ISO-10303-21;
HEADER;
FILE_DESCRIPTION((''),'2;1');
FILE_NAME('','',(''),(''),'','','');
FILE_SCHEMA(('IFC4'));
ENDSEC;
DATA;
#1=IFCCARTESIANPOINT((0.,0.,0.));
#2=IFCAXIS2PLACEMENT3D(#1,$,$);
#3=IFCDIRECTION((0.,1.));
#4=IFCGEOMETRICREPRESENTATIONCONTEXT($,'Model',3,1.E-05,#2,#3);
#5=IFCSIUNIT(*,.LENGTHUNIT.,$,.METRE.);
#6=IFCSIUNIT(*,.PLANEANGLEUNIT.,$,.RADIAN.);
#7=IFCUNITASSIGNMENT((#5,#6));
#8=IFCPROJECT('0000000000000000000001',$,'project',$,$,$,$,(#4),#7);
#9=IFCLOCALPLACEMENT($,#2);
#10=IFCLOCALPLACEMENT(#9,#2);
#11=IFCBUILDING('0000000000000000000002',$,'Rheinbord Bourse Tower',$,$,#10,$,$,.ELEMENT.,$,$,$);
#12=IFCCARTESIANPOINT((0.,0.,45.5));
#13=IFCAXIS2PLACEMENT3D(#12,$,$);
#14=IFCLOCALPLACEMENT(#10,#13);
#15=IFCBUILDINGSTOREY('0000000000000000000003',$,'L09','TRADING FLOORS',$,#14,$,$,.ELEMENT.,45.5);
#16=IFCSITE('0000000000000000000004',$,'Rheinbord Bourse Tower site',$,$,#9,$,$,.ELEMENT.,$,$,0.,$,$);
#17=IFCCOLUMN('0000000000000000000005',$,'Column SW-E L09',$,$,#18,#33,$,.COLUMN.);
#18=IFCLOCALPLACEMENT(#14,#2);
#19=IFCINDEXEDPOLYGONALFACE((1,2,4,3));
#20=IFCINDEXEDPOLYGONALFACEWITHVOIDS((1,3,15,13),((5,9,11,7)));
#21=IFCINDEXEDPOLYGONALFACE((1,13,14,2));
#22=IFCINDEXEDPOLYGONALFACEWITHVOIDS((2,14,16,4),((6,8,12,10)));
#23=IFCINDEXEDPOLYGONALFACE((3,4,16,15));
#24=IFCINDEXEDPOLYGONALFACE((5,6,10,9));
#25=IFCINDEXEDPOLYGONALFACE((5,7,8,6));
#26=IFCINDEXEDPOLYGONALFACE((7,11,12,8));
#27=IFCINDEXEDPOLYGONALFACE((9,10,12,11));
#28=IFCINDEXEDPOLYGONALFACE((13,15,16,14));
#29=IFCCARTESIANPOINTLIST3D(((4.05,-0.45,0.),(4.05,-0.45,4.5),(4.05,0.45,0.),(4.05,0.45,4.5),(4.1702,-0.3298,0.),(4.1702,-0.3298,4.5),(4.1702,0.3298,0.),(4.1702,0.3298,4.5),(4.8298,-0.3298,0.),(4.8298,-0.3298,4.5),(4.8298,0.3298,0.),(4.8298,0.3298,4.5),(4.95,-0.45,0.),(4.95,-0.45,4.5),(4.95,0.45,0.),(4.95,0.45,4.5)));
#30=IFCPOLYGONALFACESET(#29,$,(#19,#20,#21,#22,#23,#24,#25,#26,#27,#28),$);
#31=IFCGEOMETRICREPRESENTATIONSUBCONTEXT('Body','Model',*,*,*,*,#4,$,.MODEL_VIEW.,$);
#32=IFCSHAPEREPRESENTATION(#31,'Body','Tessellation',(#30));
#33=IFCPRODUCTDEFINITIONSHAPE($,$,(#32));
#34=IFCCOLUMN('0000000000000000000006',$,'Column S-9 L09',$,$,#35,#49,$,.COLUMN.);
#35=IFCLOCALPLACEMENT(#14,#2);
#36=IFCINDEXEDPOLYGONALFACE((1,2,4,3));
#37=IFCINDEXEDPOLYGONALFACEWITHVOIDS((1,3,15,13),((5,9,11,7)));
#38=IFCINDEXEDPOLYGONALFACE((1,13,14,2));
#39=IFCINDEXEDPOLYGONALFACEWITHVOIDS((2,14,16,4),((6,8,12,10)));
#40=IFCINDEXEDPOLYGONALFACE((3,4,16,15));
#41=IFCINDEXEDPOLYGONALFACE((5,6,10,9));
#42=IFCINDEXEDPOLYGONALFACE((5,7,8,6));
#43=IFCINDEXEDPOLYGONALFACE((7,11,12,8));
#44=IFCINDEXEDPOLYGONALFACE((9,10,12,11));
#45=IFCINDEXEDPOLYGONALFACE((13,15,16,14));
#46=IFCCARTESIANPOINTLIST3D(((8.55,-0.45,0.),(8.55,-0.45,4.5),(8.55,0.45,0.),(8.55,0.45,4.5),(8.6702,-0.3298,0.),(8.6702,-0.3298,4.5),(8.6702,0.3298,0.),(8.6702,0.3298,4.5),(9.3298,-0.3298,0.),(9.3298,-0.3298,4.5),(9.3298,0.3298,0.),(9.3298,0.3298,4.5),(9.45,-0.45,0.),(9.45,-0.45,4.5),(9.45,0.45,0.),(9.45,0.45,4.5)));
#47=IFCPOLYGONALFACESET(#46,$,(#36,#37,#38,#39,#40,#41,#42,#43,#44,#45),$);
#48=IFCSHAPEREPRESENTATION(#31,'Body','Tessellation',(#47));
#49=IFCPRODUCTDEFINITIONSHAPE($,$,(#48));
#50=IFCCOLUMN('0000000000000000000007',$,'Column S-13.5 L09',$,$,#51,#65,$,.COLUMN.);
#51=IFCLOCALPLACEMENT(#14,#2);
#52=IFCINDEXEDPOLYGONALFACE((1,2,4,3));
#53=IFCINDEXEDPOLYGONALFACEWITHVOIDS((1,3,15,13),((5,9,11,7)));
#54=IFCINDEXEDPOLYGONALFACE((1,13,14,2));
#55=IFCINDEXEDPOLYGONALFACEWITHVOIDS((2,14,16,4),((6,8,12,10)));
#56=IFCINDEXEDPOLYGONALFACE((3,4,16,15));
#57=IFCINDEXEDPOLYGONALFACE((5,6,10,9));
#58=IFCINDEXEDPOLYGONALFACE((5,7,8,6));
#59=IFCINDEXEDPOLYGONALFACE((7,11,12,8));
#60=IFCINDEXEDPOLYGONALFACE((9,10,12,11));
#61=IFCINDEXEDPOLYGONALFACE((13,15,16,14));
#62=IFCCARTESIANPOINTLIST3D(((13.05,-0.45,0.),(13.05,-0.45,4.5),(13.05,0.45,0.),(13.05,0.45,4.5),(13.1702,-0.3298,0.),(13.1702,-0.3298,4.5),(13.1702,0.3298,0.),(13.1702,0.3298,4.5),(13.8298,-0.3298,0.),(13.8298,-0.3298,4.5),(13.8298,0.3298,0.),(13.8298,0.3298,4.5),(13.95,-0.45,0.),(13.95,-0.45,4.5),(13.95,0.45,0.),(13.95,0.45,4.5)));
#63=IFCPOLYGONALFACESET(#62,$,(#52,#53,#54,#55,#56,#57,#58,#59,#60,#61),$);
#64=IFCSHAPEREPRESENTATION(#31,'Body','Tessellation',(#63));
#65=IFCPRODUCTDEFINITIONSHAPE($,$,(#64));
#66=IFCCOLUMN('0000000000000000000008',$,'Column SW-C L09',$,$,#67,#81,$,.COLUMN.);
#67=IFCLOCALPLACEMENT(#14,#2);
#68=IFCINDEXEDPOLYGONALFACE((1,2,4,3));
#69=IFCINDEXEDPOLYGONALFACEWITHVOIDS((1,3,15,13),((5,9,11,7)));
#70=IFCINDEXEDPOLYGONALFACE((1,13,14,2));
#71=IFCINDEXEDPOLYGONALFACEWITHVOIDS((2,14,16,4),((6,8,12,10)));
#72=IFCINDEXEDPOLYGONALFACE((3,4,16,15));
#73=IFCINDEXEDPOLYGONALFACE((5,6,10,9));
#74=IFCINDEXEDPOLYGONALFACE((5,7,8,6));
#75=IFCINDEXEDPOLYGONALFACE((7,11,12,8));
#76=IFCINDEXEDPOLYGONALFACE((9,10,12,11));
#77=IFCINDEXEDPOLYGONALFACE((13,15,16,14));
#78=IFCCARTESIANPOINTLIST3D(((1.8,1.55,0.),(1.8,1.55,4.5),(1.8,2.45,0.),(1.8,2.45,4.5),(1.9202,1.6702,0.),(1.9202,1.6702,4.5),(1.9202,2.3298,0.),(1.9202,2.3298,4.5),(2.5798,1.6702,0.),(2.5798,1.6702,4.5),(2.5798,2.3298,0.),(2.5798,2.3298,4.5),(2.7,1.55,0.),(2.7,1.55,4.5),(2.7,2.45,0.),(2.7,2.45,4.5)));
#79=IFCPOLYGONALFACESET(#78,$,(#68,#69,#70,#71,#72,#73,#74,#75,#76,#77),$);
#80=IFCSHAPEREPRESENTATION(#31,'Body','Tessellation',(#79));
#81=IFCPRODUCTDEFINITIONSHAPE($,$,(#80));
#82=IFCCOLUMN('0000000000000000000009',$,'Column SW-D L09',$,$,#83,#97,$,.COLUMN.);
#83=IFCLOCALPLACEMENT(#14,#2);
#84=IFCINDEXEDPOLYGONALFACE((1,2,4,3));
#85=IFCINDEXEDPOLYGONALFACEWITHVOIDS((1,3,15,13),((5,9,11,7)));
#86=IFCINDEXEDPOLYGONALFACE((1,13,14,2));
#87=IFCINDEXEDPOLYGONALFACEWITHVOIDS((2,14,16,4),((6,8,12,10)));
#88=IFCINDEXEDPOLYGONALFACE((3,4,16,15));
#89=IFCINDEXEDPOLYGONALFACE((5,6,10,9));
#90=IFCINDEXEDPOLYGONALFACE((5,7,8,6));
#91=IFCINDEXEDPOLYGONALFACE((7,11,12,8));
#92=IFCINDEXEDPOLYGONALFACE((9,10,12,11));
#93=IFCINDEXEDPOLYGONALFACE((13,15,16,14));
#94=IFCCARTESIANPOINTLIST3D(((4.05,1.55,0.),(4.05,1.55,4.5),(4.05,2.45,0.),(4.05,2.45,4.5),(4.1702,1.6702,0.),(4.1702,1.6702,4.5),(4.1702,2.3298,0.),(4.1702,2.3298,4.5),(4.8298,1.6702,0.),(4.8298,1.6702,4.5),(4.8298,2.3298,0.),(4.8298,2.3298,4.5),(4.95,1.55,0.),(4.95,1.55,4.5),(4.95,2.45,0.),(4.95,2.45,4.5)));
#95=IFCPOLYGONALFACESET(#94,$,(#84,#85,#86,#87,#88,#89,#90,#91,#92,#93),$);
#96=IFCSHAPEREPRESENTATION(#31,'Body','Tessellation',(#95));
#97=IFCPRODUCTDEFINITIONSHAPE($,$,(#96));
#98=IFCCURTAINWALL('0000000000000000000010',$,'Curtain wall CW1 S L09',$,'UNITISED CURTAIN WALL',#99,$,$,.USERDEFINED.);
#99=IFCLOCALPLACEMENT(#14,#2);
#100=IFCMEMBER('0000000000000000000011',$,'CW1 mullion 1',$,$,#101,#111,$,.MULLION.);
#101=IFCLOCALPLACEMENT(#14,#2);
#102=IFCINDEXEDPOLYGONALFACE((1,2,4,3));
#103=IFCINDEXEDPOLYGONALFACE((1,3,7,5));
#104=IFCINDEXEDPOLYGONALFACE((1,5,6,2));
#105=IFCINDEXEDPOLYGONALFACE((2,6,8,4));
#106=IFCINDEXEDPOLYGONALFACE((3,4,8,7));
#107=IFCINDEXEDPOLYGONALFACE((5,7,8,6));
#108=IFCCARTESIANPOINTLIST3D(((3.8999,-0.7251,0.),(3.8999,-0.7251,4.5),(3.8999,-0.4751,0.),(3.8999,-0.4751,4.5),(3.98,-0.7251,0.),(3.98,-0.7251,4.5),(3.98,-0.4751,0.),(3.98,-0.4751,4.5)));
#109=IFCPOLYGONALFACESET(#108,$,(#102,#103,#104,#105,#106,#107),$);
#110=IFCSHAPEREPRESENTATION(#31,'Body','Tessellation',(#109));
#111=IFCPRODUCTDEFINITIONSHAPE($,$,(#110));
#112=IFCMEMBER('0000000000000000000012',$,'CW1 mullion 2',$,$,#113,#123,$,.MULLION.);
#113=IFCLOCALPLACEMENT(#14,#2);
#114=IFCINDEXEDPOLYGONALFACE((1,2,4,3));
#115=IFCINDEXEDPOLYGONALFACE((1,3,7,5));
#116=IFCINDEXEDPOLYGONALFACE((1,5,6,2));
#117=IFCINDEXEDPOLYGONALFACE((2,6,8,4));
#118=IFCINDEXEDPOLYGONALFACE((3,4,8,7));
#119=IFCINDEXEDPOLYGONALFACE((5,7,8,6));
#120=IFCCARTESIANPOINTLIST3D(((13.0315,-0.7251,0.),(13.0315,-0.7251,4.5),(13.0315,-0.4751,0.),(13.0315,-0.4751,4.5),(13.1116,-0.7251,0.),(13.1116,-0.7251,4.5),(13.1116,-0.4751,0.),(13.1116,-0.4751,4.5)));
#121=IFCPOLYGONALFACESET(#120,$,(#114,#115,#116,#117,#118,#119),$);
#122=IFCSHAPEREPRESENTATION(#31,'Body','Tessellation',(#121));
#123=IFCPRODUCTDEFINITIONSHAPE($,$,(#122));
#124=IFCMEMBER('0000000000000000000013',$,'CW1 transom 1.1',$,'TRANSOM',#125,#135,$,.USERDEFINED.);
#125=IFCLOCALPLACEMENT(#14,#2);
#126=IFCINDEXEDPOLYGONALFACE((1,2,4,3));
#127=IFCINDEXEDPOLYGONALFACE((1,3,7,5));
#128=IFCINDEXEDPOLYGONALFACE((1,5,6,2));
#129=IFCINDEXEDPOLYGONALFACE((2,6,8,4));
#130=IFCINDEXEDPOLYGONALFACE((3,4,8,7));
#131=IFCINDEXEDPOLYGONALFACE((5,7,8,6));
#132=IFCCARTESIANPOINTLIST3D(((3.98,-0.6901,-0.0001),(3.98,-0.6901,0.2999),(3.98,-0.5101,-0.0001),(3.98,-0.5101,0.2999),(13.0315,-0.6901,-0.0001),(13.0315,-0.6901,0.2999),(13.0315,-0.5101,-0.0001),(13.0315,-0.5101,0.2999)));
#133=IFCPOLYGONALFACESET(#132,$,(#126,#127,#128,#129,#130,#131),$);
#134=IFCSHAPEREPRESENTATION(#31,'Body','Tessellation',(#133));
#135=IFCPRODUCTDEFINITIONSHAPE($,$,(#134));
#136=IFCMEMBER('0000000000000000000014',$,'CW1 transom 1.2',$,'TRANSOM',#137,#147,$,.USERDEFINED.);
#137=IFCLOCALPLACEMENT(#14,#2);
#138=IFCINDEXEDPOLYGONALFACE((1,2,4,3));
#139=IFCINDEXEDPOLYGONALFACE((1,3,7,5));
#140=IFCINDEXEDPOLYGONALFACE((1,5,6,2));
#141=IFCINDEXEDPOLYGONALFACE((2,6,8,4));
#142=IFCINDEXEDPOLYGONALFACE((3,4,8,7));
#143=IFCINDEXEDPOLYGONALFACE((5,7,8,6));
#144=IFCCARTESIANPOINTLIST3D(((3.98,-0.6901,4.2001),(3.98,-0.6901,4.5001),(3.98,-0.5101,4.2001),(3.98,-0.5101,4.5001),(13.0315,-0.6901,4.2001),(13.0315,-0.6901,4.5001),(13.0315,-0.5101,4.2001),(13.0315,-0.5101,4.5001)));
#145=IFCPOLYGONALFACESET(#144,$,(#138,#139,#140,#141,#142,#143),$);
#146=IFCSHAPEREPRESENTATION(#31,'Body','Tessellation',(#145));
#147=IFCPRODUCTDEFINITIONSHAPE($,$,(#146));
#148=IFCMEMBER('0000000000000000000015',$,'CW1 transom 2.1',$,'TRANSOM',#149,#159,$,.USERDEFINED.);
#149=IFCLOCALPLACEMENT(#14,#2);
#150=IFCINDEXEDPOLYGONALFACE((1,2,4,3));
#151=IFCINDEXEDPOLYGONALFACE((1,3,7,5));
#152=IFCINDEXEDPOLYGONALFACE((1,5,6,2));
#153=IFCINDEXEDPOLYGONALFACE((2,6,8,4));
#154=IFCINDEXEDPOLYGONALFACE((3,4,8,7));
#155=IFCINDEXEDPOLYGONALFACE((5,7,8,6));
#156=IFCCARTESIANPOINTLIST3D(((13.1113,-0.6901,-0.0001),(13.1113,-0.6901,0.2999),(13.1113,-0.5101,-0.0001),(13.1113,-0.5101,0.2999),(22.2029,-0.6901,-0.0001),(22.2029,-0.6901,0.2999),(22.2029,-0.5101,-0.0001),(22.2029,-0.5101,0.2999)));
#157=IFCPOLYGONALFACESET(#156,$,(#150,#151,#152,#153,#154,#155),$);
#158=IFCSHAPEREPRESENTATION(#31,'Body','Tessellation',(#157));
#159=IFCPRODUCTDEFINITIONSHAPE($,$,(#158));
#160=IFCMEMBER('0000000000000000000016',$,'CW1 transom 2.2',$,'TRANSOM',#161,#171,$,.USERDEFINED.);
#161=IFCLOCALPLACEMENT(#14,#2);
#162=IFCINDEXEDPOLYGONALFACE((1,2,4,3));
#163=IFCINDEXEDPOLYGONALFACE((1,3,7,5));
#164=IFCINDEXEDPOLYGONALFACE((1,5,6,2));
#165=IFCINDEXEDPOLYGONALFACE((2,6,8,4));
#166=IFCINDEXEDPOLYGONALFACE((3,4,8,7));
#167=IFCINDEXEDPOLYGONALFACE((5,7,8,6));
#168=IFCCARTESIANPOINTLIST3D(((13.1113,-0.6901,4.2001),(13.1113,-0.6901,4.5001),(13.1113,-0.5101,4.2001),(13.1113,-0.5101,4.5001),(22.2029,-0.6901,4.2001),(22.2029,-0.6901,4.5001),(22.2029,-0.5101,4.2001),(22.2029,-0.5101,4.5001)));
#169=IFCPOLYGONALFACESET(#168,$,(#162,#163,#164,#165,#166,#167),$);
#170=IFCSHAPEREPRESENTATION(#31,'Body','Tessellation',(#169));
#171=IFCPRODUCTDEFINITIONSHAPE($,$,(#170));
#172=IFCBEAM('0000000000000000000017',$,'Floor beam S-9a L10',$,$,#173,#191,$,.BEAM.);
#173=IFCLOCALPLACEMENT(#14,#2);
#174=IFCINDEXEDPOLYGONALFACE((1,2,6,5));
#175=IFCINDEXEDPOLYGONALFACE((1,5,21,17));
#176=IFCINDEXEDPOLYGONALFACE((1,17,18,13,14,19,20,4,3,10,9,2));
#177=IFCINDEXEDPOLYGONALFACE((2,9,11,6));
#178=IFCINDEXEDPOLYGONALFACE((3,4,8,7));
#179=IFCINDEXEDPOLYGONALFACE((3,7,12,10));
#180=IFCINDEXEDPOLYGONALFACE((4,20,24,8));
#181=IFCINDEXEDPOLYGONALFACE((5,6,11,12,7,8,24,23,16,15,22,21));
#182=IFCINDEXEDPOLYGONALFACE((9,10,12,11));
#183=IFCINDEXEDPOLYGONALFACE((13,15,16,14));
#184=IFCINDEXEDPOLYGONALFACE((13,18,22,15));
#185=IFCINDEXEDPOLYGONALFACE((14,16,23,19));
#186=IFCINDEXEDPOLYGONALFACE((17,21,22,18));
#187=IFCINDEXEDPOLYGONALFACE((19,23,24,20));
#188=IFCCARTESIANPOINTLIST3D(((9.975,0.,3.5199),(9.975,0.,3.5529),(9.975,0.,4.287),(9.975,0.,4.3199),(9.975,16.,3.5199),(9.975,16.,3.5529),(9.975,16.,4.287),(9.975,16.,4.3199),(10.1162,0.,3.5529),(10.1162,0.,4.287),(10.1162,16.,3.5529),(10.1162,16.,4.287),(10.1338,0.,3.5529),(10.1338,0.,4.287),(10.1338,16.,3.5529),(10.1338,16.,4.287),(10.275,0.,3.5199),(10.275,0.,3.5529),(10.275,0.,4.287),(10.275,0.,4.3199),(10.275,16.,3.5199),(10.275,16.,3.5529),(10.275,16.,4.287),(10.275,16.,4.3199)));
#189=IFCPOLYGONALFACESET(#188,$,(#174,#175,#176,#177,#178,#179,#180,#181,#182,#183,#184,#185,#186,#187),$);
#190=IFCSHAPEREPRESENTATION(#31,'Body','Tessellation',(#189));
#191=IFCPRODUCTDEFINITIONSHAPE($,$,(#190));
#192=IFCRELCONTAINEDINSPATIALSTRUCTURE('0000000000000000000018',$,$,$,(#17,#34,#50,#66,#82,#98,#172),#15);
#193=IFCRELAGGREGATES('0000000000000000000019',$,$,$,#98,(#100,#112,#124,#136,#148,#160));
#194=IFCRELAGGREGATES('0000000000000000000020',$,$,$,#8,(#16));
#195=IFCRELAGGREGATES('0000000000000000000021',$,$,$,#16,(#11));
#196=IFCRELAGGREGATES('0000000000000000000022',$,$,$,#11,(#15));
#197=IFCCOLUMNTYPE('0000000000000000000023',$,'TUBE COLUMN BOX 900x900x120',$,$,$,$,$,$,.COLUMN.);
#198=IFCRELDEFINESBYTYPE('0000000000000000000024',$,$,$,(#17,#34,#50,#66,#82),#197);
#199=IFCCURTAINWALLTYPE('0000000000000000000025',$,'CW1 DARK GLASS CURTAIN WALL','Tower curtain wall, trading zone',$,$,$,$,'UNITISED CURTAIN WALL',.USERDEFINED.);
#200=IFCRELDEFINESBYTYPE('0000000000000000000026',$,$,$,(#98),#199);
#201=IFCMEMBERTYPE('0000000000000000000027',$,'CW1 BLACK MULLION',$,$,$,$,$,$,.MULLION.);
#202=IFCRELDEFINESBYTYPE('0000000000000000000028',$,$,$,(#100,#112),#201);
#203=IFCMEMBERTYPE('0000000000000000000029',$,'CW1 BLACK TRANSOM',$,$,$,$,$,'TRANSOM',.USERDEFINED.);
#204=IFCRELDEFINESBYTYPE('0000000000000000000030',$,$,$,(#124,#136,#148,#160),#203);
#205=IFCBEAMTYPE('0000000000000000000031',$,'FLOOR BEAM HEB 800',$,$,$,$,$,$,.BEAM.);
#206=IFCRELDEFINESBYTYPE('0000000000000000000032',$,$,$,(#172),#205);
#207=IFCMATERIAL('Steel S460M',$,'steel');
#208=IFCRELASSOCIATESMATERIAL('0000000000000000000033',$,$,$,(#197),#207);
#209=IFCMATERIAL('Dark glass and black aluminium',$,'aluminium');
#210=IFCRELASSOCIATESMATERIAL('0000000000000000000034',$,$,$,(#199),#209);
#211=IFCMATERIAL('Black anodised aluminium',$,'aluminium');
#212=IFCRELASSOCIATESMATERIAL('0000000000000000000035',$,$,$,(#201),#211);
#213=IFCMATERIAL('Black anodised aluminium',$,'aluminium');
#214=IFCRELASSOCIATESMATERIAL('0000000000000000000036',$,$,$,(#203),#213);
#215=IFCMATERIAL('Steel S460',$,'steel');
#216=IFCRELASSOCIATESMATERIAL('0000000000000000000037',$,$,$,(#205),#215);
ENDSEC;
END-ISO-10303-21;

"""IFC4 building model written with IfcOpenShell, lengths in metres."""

from ifc_helpers import new_model, si_unit, direction, frame, origin, origin_2d, place, context, subcontext, project, spatial, rectangle, hollow_rectangle, i_section, extrude, material, material_profile, profile_set, type_object, element, aggregate, save


model = new_model("IFC4")

# Units and contexts
model_context = context("Model", 3, precision=1e-05, world=origin(), true_north=direction((0.0, 1.0)))
body_context = subcontext(model_context, "Body", "Model", "MODEL_VIEW")
ifc_project = project(units=[si_unit("LENGTHUNIT", "METRE"), si_unit("PLANEANGLEUNIT", "RADIAN")], contexts=[model_context])

# Site, building, storey
site_placement = place(None, origin())
site = spatial("IfcSite", under=ifc_project, at=site_placement, Name="Rheinbord Bourse Tower site", CompositionType="ELEMENT", RefElevation=0.0)
building_placement = place(site_placement, origin())
building = spatial("IfcBuilding", under=site, at=building_placement, Name="Rheinbord Bourse Tower", CompositionType="ELEMENT")
storey_placement = place(building_placement, frame((0.0, 0.0, 45.5)))
storey = spatial("IfcBuildingStorey", under=building, at=storey_placement, Name="L09", Description="TRADING FLOORS", CompositionType="ELEMENT", Elevation=45.5)

# Columns
ifc_material_1 = material(Name="Steel S460M", Category="steel")
ifc_material_profile_1 = material_profile(ifc_material_1, hollow_rectangle(XDim=0.8999, YDim=0.8999, WallThickness=0.1201, at=origin_2d()), Name="BOX 900x900x120")
ifc_profile_set_1 = profile_set([ifc_material_profile_1], Name="Steel S460M")
column_type = type_object("IfcColumnType", Name="TUBE COLUMN BOX 900x900x120", PredefinedType="COLUMN", material=ifc_profile_set_1)
for number, where, z_axis, x_axis, name in (
    (1, (4.5, 0.0, 0.0), (0.0, 0.0, 1.0), (0.0, 1.0, 0.0), "Column SW-E L09"),
    (2, (9.0, 0.0, 0.0), (0.0, 0.0, 1.0), (0.0, 1.0, 0.0), "Column S-9 L09"),
    (3, (13.5, 0.0, 0.0), (0.0, 0.0, 1.0), (0.0, 1.0, 0.0), "Column S-13.5 L09"),
    (4, (2.25, 2.0, 0.0), (0.0, 0.0, 1.0), (1.0, 0.0, 0.0), "Column SW-C L09"),
    (5, (4.5, 2.0, 0.0), (0.0, 0.0, 1.0), (0.0, 1.0, 0.0), "Column SW-D L09"),
):
    element("IfcColumn", number, at=place(storey_placement, frame(where, z_axis=z_axis, x_axis=x_axis)), inside=storey, type_object=column_type, Name=name, PredefinedType="COLUMN", context=body_context, shape_type="SweptSolid", body=[
        extrude(hollow_rectangle(XDim=0.8999, YDim=0.8999, WallThickness=0.1201, at=origin_2d()), origin(), (0.0, 0.0, 1.0), 4.5),
    ])

# Curtain wall, members
ifc_material_2 = material(Name="Dark glass and black aluminium", Category="aluminium")
curtain_wall_type = type_object("IfcCurtainWallType", Name="CW1 DARK GLASS CURTAIN WALL", Description="Tower curtain wall, trading zone", ElementType="UNITISED CURTAIN WALL", PredefinedType="USERDEFINED", material=ifc_material_2)
curtain_wall_placement = place(storey_placement, origin())
curtain_wall = element("IfcCurtainWall", 6, at=curtain_wall_placement, inside=storey, type_object=curtain_wall_type, Name="Curtain wall CW1 S L09", ObjectType="UNITISED CURTAIN WALL", PredefinedType="USERDEFINED")
ifc_material_3 = material(Name="Black anodised aluminium", Category="aluminium")
ifc_material_profile_2 = material_profile(ifc_material_3, rectangle(XDim=0.25, YDim=0.0801, at=origin_2d()), Name="CW1 MULLION 80x250")
ifc_profile_set_2 = profile_set([ifc_material_profile_2], Name="Black anodised aluminium")
member_type_1 = type_object("IfcMemberType", Name="CW1 BLACK MULLION", PredefinedType="MULLION", material=ifc_profile_set_2)
member_1_placement = place(storey_placement, frame((3.9399, -0.6001, 0.0), z_axis=(0.0, 0.0, 1.0), x_axis=(0.0, 1.0, 0.0)))
member_1 = element("IfcMember", 7, at=member_1_placement, type_object=member_type_1, Name="CW1 mullion 1", PredefinedType="MULLION", context=body_context, shape_type="SweptSolid", body=[
    extrude(rectangle(XDim=0.25, YDim=0.0801, at=origin_2d()), origin(), (0.0, 0.0, 1.0), 4.5),
])
member_2_placement = place(storey_placement, frame((13.0715, -0.6001, 0.0), z_axis=(0.0, 0.0, 1.0), x_axis=(0.0, 1.0, 0.0)))
member_2 = element("IfcMember", 8, at=member_2_placement, type_object=member_type_1, Name="CW1 mullion 2", PredefinedType="MULLION", context=body_context, shape_type="SweptSolid", body=[
    extrude(rectangle(XDim=0.25, YDim=0.0801, at=origin_2d()), origin(), (0.0, 0.0, 1.0), 4.5),
])
ifc_material_4 = material(Name="Black anodised aluminium", Category="aluminium")
ifc_material_profile_3 = material_profile(ifc_material_4, rectangle(XDim=0.1799, YDim=0.3, at=origin_2d()), Name="CW1 TRANSOM 300x180")
ifc_profile_set_3 = profile_set([ifc_material_profile_3], Name="Black anodised aluminium")
member_type_2 = type_object("IfcMemberType", Name="CW1 BLACK TRANSOM", ElementType="TRANSOM", PredefinedType="USERDEFINED", material=ifc_profile_set_3)
member_3_placement = place(storey_placement, frame((3.98, -0.6001, 0.1499), z_axis=(1.0, 0.0, 0.0), x_axis=(0.0, 1.0, 0.0)))
member_3 = element("IfcMember", 9, at=member_3_placement, type_object=member_type_2, Name="CW1 transom 1.1", ObjectType="TRANSOM", PredefinedType="USERDEFINED", context=body_context, shape_type="SweptSolid", body=[
    extrude(rectangle(XDim=0.1799, YDim=0.3, at=origin_2d()), origin(), (0.0, 0.0, 1.0), 9.0515),
])
member_4_placement = place(storey_placement, frame((3.98, -0.6001, 4.3501), z_axis=(1.0, 0.0, 0.0), x_axis=(0.0, 1.0, 0.0)))
member_4 = element("IfcMember", 10, at=member_4_placement, type_object=member_type_2, Name="CW1 transom 1.2", ObjectType="TRANSOM", PredefinedType="USERDEFINED", context=body_context, shape_type="SweptSolid", body=[
    extrude(rectangle(XDim=0.1799, YDim=0.3, at=origin_2d()), origin(), (0.0, 0.0, 1.0), 9.0515),
])
member_5_placement = place(storey_placement, frame((13.1113, -0.6001, 0.1499), z_axis=(1.0, 0.0, 0.0), x_axis=(0.0, 1.0, 0.0)))
member_5 = element("IfcMember", 11, at=member_5_placement, type_object=member_type_2, Name="CW1 transom 2.1", ObjectType="TRANSOM", PredefinedType="USERDEFINED", context=body_context, shape_type="SweptSolid", body=[
    extrude(rectangle(XDim=0.1799, YDim=0.3, at=origin_2d()), origin(), (0.0, 0.0, 1.0), 9.0916),
])
member_6_placement = place(storey_placement, frame((13.1113, -0.6001, 4.3501), z_axis=(1.0, 0.0, 0.0), x_axis=(0.0, 1.0, 0.0)))
member_6 = element("IfcMember", 12, at=member_6_placement, type_object=member_type_2, Name="CW1 transom 2.2", ObjectType="TRANSOM", PredefinedType="USERDEFINED", context=body_context, shape_type="SweptSolid", body=[
    extrude(rectangle(XDim=0.1799, YDim=0.3, at=origin_2d()), origin(), (0.0, 0.0, 1.0), 9.0916),
])

# Beam
ifc_material_5 = material(Name="Steel S460", Category="steel")
ifc_material_profile_4 = material_profile(ifc_material_5, i_section(OverallWidth=0.3, OverallDepth=0.8, WebThickness=0.0176, FlangeThickness=0.033, at=origin_2d()), Name="HEB 800")
ifc_profile_set_4 = profile_set([ifc_material_profile_4], Name="Steel S460")
beam_type_1 = type_object("IfcBeamType", Name="FLOOR BEAM HEB 800", PredefinedType="BEAM", material=ifc_profile_set_4)
for number, where, z_axis, x_axis, name in (
    (13, (10.125, 0.0, 3.9199), (0.0, 1.0, 0.0), (-1.0, 0.0, 0.0), "Floor beam S-9a L10"),
):
    element("IfcBeam", number, at=place(storey_placement, frame(where, z_axis=z_axis, x_axis=x_axis)), inside=storey, type_object=beam_type_1, Name=name, PredefinedType="BEAM", context=body_context, shape_type="SweptSolid", body=[
        extrude(i_section(OverallWidth=0.3, OverallDepth=0.8, WebThickness=0.0176, FlangeThickness=0.033, at=origin_2d()), origin(), (0.0, 0.0, 1.0), 16.0),
    ])

aggregate(curtain_wall, [member_1, member_2, member_3, member_4, member_5, member_6])

save(model, "model.ifc")
